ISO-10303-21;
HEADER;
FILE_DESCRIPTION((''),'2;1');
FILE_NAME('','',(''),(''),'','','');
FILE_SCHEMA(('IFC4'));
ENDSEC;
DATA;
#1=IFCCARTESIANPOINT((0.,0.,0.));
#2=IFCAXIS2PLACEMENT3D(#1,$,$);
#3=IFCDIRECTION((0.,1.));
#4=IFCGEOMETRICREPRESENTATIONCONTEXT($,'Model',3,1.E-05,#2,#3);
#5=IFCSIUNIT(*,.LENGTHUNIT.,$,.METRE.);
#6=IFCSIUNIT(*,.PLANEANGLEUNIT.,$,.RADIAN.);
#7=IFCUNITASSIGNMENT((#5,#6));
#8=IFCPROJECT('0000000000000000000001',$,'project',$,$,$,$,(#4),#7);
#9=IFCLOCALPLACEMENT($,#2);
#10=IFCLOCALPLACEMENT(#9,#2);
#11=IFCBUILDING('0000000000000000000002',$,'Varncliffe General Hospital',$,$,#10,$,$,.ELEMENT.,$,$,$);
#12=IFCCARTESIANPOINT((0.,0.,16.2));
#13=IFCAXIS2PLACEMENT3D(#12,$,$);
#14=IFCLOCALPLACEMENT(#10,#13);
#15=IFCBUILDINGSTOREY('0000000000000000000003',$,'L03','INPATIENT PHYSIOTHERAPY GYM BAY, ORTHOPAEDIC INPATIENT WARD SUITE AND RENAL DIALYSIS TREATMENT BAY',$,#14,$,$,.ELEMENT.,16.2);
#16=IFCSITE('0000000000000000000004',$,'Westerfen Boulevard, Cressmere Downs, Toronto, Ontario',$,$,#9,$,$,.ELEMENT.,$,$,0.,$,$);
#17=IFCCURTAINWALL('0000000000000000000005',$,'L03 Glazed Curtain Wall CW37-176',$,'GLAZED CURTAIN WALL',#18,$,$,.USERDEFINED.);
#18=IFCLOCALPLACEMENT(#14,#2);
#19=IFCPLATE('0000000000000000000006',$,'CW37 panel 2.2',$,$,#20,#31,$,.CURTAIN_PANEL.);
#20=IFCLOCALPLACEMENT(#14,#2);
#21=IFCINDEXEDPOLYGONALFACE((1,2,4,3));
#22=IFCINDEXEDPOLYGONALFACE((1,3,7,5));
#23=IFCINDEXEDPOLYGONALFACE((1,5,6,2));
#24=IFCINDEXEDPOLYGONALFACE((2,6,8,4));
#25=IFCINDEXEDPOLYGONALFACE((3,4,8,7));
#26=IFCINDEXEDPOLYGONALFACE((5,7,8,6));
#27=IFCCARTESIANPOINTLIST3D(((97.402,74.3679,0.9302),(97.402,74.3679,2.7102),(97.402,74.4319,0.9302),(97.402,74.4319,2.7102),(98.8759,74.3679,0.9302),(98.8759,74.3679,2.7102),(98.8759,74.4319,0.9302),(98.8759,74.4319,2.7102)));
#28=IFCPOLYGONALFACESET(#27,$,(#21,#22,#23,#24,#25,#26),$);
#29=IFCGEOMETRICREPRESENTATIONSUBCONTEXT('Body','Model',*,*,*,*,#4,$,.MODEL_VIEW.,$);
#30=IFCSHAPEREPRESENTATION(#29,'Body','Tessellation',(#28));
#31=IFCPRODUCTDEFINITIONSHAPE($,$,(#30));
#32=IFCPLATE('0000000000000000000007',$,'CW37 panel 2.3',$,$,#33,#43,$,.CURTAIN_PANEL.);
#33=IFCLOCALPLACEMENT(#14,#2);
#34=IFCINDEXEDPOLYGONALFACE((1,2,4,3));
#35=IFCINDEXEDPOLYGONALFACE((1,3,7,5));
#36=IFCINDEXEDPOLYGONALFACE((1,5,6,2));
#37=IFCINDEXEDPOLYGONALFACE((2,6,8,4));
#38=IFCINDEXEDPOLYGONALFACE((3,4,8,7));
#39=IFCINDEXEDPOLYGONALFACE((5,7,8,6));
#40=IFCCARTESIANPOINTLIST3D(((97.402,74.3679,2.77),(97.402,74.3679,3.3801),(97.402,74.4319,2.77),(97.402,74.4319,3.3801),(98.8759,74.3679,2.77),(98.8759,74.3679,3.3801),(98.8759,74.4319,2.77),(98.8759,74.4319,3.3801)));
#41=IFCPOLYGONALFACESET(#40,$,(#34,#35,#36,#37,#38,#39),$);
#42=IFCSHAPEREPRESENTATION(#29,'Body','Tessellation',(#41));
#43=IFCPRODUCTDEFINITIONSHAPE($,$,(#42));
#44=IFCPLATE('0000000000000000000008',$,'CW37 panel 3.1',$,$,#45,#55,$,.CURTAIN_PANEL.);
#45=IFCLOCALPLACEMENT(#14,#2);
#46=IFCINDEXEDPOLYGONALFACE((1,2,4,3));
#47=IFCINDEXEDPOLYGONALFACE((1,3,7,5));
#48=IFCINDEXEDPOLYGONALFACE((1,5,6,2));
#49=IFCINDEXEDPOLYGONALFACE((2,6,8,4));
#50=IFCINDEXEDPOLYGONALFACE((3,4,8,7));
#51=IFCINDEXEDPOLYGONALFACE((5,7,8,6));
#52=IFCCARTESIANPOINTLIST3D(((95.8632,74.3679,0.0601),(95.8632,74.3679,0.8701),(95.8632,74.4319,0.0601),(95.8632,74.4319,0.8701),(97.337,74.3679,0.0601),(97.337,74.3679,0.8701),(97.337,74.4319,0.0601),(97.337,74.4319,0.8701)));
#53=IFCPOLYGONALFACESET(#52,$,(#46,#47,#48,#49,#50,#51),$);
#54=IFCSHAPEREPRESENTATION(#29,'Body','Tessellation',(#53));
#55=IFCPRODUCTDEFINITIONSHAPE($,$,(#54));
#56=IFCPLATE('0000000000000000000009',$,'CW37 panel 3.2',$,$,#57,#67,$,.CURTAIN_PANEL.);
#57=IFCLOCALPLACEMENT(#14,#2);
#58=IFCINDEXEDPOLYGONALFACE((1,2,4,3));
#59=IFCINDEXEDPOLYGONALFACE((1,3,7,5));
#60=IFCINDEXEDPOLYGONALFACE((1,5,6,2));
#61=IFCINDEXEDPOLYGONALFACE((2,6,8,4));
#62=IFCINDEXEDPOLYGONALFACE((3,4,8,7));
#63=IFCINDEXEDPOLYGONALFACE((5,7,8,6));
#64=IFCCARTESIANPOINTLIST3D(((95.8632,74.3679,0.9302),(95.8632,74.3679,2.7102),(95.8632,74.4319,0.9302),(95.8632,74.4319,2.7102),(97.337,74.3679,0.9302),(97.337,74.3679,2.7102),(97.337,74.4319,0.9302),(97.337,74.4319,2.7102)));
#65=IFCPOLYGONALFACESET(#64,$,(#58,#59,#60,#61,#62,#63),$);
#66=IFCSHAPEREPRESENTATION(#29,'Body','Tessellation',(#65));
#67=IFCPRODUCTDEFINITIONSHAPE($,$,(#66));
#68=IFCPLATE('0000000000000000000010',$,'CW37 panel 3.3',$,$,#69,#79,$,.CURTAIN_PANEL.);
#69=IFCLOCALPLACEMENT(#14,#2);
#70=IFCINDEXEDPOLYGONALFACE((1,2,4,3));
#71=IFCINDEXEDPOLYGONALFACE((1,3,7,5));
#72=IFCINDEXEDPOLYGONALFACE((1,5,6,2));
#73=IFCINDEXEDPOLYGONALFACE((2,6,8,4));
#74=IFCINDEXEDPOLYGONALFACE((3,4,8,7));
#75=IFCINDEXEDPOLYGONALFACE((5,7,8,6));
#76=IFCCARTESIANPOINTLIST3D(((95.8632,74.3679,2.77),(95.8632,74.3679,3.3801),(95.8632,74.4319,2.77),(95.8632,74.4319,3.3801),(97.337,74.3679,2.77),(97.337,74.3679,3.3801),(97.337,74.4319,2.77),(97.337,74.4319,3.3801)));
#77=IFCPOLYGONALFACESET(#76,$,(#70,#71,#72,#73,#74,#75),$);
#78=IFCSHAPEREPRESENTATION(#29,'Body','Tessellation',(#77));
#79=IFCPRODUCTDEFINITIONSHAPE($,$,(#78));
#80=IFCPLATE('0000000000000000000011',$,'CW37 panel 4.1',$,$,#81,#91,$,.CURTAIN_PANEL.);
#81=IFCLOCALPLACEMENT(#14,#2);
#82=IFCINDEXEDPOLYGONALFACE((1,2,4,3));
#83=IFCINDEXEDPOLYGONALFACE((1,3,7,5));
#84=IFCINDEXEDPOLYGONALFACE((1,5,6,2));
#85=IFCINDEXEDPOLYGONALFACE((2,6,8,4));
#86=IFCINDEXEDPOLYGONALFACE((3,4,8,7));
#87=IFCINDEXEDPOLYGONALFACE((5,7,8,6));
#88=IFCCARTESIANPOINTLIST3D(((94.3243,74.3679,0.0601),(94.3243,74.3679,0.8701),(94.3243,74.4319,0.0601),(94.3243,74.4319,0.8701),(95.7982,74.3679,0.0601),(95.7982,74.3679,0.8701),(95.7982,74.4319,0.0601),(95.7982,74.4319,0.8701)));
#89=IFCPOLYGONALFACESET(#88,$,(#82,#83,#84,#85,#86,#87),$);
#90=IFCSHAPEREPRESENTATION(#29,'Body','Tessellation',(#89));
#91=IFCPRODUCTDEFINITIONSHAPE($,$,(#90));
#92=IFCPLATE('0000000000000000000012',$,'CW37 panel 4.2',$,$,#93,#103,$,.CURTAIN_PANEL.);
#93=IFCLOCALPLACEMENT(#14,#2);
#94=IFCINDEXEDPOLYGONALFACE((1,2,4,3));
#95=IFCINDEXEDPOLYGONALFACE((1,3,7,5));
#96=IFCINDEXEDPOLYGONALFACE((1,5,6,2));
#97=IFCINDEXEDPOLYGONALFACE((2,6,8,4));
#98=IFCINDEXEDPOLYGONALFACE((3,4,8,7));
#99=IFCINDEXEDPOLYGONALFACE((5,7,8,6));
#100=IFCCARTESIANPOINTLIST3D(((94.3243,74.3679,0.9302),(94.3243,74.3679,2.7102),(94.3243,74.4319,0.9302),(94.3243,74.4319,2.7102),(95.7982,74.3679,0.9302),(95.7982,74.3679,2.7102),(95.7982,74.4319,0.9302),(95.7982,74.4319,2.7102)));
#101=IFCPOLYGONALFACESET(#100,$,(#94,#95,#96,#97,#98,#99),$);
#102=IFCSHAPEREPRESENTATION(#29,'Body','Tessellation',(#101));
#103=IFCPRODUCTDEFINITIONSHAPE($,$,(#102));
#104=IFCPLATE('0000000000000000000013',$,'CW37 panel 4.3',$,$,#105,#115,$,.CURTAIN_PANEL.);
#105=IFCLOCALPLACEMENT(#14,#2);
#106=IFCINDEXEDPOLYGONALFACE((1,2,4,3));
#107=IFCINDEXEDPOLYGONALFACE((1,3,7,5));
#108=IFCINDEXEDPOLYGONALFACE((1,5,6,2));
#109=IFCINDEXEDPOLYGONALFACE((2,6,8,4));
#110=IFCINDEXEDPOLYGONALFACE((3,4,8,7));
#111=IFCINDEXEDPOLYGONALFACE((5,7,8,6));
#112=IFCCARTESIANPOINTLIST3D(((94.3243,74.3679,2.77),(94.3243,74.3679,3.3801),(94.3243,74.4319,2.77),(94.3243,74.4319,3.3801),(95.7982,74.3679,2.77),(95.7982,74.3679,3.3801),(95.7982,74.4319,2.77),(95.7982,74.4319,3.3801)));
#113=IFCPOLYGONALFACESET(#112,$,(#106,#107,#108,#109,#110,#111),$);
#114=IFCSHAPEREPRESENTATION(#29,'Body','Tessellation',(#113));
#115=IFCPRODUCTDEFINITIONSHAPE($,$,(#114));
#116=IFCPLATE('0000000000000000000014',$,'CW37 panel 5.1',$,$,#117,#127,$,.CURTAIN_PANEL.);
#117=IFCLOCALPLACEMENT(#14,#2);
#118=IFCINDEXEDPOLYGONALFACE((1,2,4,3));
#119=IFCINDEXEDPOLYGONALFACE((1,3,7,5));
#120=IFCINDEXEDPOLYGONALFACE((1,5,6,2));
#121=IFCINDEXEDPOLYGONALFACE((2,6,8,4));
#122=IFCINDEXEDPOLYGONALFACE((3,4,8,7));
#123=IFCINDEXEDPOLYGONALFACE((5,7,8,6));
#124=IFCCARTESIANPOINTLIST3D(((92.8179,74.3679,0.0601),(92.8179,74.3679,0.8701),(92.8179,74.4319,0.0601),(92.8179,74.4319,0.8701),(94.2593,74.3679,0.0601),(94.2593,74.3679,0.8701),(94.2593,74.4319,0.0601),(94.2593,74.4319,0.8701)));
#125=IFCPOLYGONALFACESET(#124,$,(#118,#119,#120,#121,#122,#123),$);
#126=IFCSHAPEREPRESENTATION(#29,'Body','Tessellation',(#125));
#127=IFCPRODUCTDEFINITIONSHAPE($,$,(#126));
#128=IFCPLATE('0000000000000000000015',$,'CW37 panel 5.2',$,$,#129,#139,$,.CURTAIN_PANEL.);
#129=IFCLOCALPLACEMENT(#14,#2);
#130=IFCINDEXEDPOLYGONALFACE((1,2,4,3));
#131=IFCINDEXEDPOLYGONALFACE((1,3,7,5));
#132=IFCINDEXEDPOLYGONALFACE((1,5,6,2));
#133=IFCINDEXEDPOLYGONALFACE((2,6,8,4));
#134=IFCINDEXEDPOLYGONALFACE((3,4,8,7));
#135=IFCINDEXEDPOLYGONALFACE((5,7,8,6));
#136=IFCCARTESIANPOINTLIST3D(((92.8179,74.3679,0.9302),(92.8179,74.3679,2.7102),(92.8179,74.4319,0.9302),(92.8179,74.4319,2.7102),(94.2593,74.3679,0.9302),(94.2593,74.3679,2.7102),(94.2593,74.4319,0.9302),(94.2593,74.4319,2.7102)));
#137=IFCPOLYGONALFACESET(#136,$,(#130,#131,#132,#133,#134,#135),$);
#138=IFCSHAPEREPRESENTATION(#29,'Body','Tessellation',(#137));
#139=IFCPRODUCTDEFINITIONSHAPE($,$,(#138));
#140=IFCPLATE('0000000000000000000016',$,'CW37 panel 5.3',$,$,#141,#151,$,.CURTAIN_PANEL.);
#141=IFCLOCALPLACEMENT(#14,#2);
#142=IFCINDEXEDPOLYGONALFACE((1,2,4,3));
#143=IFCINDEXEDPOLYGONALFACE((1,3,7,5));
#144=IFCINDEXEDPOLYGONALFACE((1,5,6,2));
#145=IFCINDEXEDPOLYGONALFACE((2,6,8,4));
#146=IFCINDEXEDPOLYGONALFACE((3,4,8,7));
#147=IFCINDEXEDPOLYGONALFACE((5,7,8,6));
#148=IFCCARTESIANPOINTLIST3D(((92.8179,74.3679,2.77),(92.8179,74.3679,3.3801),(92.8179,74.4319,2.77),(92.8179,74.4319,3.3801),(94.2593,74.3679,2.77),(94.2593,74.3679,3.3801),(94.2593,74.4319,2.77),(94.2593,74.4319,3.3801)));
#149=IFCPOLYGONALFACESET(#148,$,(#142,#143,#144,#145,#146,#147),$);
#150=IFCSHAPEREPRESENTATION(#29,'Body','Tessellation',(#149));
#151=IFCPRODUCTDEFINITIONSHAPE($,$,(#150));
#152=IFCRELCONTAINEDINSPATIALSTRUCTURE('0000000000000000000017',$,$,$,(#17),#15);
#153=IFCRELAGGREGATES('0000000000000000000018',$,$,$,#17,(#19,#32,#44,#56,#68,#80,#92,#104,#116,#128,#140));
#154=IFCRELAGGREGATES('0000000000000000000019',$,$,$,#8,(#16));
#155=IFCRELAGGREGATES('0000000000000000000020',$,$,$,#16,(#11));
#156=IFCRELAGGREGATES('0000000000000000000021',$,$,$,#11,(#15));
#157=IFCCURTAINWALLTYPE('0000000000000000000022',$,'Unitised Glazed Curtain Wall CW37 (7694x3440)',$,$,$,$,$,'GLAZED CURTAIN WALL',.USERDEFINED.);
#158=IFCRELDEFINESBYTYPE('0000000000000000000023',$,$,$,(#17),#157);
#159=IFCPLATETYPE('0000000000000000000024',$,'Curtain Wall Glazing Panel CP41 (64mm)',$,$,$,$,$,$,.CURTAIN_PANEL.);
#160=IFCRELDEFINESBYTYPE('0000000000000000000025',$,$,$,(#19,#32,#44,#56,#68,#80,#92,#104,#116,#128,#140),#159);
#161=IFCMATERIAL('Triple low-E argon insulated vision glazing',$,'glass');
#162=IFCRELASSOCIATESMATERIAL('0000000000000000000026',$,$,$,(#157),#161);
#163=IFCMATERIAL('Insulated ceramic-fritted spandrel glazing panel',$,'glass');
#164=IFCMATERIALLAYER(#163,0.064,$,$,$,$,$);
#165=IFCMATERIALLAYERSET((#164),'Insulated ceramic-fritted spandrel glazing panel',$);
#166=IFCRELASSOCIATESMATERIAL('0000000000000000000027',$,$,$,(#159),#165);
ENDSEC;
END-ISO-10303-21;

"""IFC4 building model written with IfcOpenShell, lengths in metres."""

from ifc_helpers import new_model, si_unit, direction, frame, origin, origin_2d, place, context, subcontext, project, spatial, rectangle, extrude, material, layer, layer_set, type_object, element, aggregate, save


model = new_model("IFC4")

# Units and contexts
model_context = context("Model", 3, precision=1e-05, world=origin(), true_north=direction((0.0, 1.0)))
body_context = subcontext(model_context, "Body", "Model", "MODEL_VIEW")
ifc_project = project(units=[si_unit("LENGTHUNIT", "METRE"), si_unit("PLANEANGLEUNIT", "RADIAN")], contexts=[model_context])

# Site, building, storey
site_placement = place(None, origin())
site = spatial("IfcSite", under=ifc_project, at=site_placement, Name="Westerfen Boulevard, Cressmere Downs, Toronto, Ontario", CompositionType="ELEMENT", RefElevation=0.0)
building_placement = place(site_placement, origin())
building = spatial("IfcBuilding", under=site, at=building_placement, Name="Varncliffe General Hospital", CompositionType="ELEMENT")
storey_placement = place(building_placement, frame((0.0, 0.0, 16.2)))
storey = spatial("IfcBuildingStorey", under=building, at=storey_placement, Name="L03", Description="INPATIENT PHYSIOTHERAPY GYM BAY, ORTHOPAEDIC INPATIENT WARD SUITE AND RENAL DIALYSIS TREATMENT BAY", CompositionType="ELEMENT", Elevation=16.2)

# Curtain wall
ifc_material_1 = material(Name="Triple low-E argon insulated vision glazing", Category="glass")
curtain_wall_type_1 = type_object("IfcCurtainWallType", Name="Unitised Glazed Curtain Wall CW37 (7694x3440)", ElementType="GLAZED CURTAIN WALL", PredefinedType="USERDEFINED", material=ifc_material_1)
curtain_wall_1_placement = place(storey_placement, origin())
curtain_wall_1 = element("IfcCurtainWall", 1, at=curtain_wall_1_placement, inside=storey, type_object=curtain_wall_type_1, Name="L03 Glazed Curtain Wall CW37-176", ObjectType="GLAZED CURTAIN WALL", PredefinedType="USERDEFINED")

# Plates
ifc_material_2 = material(Name="Insulated ceramic-fritted spandrel glazing panel", Category="glass")
ifc_layer = layer(ifc_material_2, 0.064)
ifc_layer_set = layer_set([ifc_layer], Name="Insulated ceramic-fritted spandrel glazing panel")
plate_type = type_object("IfcPlateType", Name="Curtain Wall Glazing Panel CP41 (64mm)", PredefinedType="CURTAIN_PANEL", material=ifc_layer_set)
plate_1_placement = place(storey_placement, frame((98.1389, 74.3999, 0.9302), z_axis=(0.0, 0.0, 1.0), x_axis=(-1.0, 0.0, 0.0)))
plate_1 = element("IfcPlate", 2, at=plate_1_placement, type_object=plate_type, Name="CW37 panel 2.2", PredefinedType="CURTAIN_PANEL", context=body_context, shape_type="SweptSolid", body=[
    extrude(rectangle(XDim=1.4739, YDim=0.064, at=origin_2d()), origin(), (0.0, 0.0, 1.0), 1.78),
])
plate_2_placement = place(storey_placement, frame((98.1389, 74.3999, 2.77), z_axis=(0.0, 0.0, 1.0), x_axis=(-1.0, 0.0, 0.0)))
plate_2 = element("IfcPlate", 3, at=plate_2_placement, type_object=plate_type, Name="CW37 panel 2.3", PredefinedType="CURTAIN_PANEL", context=body_context, shape_type="SweptSolid", body=[
    extrude(rectangle(XDim=1.4739, YDim=0.064, at=origin_2d()), origin(), (0.0, 0.0, 1.0), 0.6101),
])
plate_3_placement = place(storey_placement, frame((96.6001, 74.3999, 0.0601), z_axis=(0.0, 0.0, 1.0), x_axis=(-1.0, 0.0, 0.0)))
plate_3 = element("IfcPlate", 4, at=plate_3_placement, type_object=plate_type, Name="CW37 panel 3.1", PredefinedType="CURTAIN_PANEL", context=body_context, shape_type="SweptSolid", body=[
    extrude(rectangle(XDim=1.4739, YDim=0.064, at=origin_2d()), origin(), (0.0, 0.0, 1.0), 0.8101),
])
plate_4_placement = place(storey_placement, frame((96.6001, 74.3999, 0.9302), z_axis=(0.0, 0.0, 1.0), x_axis=(-1.0, 0.0, 0.0)))
plate_4 = element("IfcPlate", 5, at=plate_4_placement, type_object=plate_type, Name="CW37 panel 3.2", PredefinedType="CURTAIN_PANEL", context=body_context, shape_type="SweptSolid", body=[
    extrude(rectangle(XDim=1.4739, YDim=0.064, at=origin_2d()), origin(), (0.0, 0.0, 1.0), 1.78),
])
plate_5_placement = place(storey_placement, frame((96.6001, 74.3999, 2.77), z_axis=(0.0, 0.0, 1.0), x_axis=(-1.0, 0.0, 0.0)))
plate_5 = element("IfcPlate", 6, at=plate_5_placement, type_object=plate_type, Name="CW37 panel 3.3", PredefinedType="CURTAIN_PANEL", context=body_context, shape_type="SweptSolid", body=[
    extrude(rectangle(XDim=1.4739, YDim=0.064, at=origin_2d()), origin(), (0.0, 0.0, 1.0), 0.6101),
])
plate_6_placement = place(storey_placement, frame((95.0613, 74.3999, 0.0601), z_axis=(0.0, 0.0, 1.0), x_axis=(-1.0, 0.0, 0.0)))
plate_6 = element("IfcPlate", 7, at=plate_6_placement, type_object=plate_type, Name="CW37 panel 4.1", PredefinedType="CURTAIN_PANEL", context=body_context, shape_type="SweptSolid", body=[
    extrude(rectangle(XDim=1.4739, YDim=0.064, at=origin_2d()), origin(), (0.0, 0.0, 1.0), 0.8101),
])
plate_7_placement = place(storey_placement, frame((95.0613, 74.3999, 0.9302), z_axis=(0.0, 0.0, 1.0), x_axis=(-1.0, 0.0, 0.0)))
plate_7 = element("IfcPlate", 8, at=plate_7_placement, type_object=plate_type, Name="CW37 panel 4.2", PredefinedType="CURTAIN_PANEL", context=body_context, shape_type="SweptSolid", body=[
    extrude(rectangle(XDim=1.4739, YDim=0.064, at=origin_2d()), origin(), (0.0, 0.0, 1.0), 1.78),
])
plate_8_placement = place(storey_placement, frame((95.0613, 74.3999, 2.77), z_axis=(0.0, 0.0, 1.0), x_axis=(-1.0, 0.0, 0.0)))
plate_8 = element("IfcPlate", 9, at=plate_8_placement, type_object=plate_type, Name="CW37 panel 4.3", PredefinedType="CURTAIN_PANEL", context=body_context, shape_type="SweptSolid", body=[
    extrude(rectangle(XDim=1.4739, YDim=0.064, at=origin_2d()), origin(), (0.0, 0.0, 1.0), 0.6101),
])
plate_9_placement = place(storey_placement, frame((93.5386, 74.3999, 0.0601), z_axis=(0.0, 0.0, 1.0), x_axis=(-1.0, 0.0, 0.0)))
plate_9 = element("IfcPlate", 10, at=plate_9_placement, type_object=plate_type, Name="CW37 panel 5.1", PredefinedType="CURTAIN_PANEL", context=body_context, shape_type="SweptSolid", body=[
    extrude(rectangle(XDim=1.4414, YDim=0.064, at=origin_2d()), origin(), (0.0, 0.0, 1.0), 0.8101),
])
plate_10_placement = place(storey_placement, frame((93.5386, 74.3999, 0.9302), z_axis=(0.0, 0.0, 1.0), x_axis=(-1.0, 0.0, 0.0)))
plate_10 = element("IfcPlate", 11, at=plate_10_placement, type_object=plate_type, Name="CW37 panel 5.2", PredefinedType="CURTAIN_PANEL", context=body_context, shape_type="SweptSolid", body=[
    extrude(rectangle(XDim=1.4414, YDim=0.064, at=origin_2d()), origin(), (0.0, 0.0, 1.0), 1.78),
])
plate_11_placement = place(storey_placement, frame((93.5386, 74.3999, 2.77), z_axis=(0.0, 0.0, 1.0), x_axis=(-1.0, 0.0, 0.0)))
plate_11 = element("IfcPlate", 12, at=plate_11_placement, type_object=plate_type, Name="CW37 panel 5.3", PredefinedType="CURTAIN_PANEL", context=body_context, shape_type="SweptSolid", body=[
    extrude(rectangle(XDim=1.4414, YDim=0.064, at=origin_2d()), origin(), (0.0, 0.0, 1.0), 0.6101),
])
aggregate(curtain_wall_1, [plate_1, plate_2, plate_3, plate_4, plate_5, plate_6, plate_7, plate_8, plate_9, plate_10, plate_11])

save(model, "model.ifc")
